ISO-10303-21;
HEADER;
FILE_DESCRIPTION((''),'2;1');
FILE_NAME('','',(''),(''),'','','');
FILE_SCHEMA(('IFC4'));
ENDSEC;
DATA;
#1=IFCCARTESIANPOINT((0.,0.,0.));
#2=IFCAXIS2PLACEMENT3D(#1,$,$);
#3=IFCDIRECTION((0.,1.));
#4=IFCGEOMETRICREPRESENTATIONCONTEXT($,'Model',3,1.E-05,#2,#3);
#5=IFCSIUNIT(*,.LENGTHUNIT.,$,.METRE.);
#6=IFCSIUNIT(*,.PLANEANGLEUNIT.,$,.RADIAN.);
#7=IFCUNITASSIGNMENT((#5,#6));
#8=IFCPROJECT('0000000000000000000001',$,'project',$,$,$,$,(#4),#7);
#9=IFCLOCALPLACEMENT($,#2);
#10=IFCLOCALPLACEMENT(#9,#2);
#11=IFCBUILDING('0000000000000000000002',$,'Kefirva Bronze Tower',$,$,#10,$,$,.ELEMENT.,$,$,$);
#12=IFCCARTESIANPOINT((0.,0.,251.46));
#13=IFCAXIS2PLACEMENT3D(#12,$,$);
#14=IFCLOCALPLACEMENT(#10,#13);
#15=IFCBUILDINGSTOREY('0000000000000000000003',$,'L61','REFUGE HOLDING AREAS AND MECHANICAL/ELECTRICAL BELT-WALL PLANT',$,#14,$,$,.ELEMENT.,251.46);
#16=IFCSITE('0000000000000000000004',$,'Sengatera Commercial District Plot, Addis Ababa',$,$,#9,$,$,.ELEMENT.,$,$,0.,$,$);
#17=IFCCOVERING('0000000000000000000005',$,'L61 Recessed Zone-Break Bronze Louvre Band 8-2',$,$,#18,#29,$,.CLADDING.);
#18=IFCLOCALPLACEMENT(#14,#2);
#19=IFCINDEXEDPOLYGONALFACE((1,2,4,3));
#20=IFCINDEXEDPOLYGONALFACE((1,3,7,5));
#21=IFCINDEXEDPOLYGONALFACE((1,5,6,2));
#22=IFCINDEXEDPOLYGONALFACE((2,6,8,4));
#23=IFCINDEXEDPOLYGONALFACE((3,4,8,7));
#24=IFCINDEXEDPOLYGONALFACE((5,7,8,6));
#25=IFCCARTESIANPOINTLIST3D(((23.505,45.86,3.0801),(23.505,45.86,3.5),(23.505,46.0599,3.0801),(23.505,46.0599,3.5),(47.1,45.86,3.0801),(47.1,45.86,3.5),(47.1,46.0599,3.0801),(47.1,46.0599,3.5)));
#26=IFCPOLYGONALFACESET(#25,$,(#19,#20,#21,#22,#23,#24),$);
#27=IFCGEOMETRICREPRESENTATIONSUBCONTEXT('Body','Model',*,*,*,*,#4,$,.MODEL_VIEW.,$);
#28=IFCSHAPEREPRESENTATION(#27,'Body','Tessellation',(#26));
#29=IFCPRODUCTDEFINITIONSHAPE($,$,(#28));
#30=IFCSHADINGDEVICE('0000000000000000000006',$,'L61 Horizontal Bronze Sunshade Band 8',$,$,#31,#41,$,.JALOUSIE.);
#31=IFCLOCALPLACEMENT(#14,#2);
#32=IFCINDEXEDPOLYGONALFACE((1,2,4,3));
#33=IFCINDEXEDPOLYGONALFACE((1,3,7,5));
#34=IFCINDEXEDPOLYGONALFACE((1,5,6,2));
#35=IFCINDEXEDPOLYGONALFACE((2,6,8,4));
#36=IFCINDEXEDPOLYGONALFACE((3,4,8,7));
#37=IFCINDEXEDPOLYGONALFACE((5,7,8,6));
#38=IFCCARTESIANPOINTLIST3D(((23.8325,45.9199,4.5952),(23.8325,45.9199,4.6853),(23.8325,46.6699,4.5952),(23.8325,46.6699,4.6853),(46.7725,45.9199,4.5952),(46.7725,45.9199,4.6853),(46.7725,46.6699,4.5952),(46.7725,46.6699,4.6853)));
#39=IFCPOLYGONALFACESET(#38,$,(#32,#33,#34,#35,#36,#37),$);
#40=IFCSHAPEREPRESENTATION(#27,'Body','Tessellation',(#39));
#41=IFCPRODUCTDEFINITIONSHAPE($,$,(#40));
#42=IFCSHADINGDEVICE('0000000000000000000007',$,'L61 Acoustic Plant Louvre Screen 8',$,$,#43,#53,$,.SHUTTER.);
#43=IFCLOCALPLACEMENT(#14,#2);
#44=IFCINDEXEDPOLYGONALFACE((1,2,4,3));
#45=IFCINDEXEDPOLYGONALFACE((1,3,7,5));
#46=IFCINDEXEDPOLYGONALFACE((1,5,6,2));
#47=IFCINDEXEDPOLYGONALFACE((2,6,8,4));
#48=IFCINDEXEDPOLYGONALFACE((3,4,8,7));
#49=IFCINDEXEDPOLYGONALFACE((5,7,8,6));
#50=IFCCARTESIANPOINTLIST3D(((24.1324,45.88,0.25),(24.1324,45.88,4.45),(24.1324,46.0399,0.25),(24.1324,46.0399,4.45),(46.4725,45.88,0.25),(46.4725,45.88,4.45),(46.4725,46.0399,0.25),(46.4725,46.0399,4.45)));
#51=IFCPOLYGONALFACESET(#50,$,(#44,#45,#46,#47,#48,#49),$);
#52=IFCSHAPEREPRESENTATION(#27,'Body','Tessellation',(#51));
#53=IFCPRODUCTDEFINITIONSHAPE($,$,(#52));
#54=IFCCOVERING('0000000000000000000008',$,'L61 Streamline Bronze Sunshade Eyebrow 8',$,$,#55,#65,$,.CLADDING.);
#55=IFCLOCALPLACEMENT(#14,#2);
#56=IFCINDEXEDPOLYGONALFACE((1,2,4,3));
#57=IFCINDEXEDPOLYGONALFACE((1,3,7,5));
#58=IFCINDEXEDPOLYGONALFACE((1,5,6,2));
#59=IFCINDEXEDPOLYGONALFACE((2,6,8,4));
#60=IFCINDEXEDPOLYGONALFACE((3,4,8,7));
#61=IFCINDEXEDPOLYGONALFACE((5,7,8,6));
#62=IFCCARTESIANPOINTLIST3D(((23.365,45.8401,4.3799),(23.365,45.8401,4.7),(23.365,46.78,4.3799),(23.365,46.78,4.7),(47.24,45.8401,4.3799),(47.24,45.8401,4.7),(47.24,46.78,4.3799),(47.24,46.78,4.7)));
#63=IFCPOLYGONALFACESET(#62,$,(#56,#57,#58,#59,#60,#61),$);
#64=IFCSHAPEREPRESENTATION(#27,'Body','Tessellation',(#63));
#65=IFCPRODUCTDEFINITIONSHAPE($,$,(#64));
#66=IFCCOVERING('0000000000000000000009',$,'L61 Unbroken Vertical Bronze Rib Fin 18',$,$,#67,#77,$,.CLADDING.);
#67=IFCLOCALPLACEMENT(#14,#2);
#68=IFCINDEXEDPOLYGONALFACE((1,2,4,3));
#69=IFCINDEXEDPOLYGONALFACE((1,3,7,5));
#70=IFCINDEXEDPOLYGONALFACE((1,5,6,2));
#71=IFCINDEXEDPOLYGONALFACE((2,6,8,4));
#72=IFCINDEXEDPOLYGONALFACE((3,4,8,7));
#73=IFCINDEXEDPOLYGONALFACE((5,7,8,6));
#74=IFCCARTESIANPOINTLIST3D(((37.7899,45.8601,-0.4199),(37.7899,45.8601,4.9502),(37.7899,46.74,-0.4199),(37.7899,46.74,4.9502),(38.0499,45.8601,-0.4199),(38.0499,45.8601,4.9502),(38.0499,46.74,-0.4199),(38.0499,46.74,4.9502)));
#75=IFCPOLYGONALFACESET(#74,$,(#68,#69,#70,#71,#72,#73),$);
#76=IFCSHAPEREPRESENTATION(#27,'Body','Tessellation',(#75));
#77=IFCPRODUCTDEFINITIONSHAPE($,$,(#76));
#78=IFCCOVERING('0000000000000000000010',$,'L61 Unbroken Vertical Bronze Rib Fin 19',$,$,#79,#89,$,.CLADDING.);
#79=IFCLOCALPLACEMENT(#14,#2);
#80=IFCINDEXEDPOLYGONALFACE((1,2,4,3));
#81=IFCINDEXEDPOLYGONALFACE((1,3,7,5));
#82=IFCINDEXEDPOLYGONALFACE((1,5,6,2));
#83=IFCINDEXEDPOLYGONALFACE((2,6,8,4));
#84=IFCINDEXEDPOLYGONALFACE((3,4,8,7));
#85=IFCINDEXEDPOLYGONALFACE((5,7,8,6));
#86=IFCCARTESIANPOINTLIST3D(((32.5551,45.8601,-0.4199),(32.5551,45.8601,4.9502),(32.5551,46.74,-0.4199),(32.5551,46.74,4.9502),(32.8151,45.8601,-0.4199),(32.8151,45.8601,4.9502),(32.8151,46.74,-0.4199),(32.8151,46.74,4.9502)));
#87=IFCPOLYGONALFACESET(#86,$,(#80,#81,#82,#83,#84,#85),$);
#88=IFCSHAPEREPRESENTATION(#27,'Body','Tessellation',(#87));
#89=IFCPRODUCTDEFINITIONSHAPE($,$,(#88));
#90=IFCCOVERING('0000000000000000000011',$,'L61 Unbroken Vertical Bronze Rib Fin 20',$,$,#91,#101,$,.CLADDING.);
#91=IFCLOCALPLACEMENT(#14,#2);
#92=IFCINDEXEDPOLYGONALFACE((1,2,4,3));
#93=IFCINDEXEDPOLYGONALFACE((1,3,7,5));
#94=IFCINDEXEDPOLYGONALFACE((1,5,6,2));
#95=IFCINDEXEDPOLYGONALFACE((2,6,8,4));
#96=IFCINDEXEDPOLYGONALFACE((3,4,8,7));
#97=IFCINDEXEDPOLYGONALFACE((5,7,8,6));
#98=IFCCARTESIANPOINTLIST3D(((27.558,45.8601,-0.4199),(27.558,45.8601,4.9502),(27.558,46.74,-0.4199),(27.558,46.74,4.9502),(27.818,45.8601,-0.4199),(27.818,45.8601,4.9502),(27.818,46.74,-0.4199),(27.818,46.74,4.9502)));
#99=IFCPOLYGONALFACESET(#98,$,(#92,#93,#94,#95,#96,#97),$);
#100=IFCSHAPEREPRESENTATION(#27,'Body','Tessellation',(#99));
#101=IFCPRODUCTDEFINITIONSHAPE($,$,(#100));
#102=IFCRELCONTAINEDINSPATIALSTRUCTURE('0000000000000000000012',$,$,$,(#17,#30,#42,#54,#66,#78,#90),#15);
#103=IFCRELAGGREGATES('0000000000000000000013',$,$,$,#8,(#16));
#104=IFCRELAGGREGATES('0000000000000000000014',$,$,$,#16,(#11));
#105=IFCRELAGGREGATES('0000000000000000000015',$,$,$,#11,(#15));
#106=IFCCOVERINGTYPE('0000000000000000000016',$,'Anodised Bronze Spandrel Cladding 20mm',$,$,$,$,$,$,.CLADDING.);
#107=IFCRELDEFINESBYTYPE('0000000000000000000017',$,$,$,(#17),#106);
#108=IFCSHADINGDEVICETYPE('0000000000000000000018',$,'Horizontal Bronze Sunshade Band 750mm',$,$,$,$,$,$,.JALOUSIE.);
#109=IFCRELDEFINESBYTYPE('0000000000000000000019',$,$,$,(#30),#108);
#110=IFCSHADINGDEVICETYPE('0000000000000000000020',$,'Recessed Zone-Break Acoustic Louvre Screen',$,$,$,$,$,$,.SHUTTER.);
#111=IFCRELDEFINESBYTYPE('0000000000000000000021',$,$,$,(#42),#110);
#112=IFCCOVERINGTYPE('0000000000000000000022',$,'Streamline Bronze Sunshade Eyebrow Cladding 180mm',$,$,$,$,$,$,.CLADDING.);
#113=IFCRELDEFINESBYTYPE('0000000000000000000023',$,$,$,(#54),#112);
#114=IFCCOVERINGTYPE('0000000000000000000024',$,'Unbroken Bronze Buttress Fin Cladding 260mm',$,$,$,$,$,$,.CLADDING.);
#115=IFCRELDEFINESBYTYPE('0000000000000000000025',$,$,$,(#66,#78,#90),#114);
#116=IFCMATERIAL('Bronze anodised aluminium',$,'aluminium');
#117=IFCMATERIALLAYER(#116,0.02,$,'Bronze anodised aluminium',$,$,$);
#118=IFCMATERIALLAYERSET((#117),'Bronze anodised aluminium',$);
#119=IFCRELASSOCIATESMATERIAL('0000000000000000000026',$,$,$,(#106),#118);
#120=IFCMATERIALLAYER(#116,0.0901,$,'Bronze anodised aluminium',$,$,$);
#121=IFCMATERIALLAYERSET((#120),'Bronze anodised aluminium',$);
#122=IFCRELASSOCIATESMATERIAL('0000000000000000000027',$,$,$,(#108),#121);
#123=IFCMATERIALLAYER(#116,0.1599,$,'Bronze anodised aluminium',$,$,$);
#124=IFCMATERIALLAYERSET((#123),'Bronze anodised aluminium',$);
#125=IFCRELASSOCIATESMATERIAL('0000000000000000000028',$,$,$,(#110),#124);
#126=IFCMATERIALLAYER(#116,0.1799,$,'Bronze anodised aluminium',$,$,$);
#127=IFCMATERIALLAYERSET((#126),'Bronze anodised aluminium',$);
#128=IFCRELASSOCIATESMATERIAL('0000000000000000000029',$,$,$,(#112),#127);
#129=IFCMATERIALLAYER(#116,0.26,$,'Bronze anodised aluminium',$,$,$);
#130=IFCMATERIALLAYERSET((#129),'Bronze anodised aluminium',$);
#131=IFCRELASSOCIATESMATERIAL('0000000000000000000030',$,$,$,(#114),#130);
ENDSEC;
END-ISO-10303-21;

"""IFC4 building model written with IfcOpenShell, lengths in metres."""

from ifc_helpers import new_model, si_unit, direction, frame, origin, origin_2d, place, context, subcontext, project, spatial, rectangle, extrude, material, layer, layer_set, type_object, element, save


model = new_model("IFC4")

# Units and contexts
model_context = context("Model", 3, precision=1e-05, world=origin(), true_north=direction((0.0, 1.0)))
body_context = subcontext(model_context, "Body", "Model", "MODEL_VIEW")
ifc_project = project(units=[si_unit("LENGTHUNIT", "METRE"), si_unit("PLANEANGLEUNIT", "RADIAN")], contexts=[model_context])

# Site, building, storey
site_placement = place(None, origin())
site = spatial("IfcSite", under=ifc_project, at=site_placement, Name="Sengatera Commercial District Plot, Addis Ababa", CompositionType="ELEMENT", RefElevation=0.0)
building_placement = place(site_placement, origin())
building = spatial("IfcBuilding", under=site, at=building_placement, Name="Kefirva Bronze Tower", CompositionType="ELEMENT")
storey_placement = place(building_placement, frame((0.0, 0.0, 251.46)))
storey = spatial("IfcBuildingStorey", under=building, at=storey_placement, Name="L61", Description="REFUGE HOLDING AREAS AND MECHANICAL/ELECTRICAL BELT-WALL PLANT", CompositionType="ELEMENT", Elevation=251.46)

# Shared definitions
ifc_material_1 = material(Name="Bronze anodised aluminium", Category="aluminium")

# Covering
ifc_layer_1 = layer(ifc_material_1, 0.02, Name="Bronze anodised aluminium")
ifc_layer_set_1 = layer_set([ifc_layer_1], Name="Bronze anodised aluminium")
covering_type_1 = type_object("IfcCoveringType", Name="Anodised Bronze Spandrel Cladding 20mm", PredefinedType="CLADDING", material=ifc_layer_set_1)
for number, where, z_axis, x_axis, name in (
    (1, (35.3025, 45.96, 3.0801), (0.0, 0.0, 1.0), (-1.0, 0.0, 0.0), "L61 Recessed Zone-Break Bronze Louvre Band 8-2"),
):
    element("IfcCovering", number, at=place(storey_placement, frame(where, z_axis=z_axis, x_axis=x_axis)), inside=storey, type_object=covering_type_1, Name=name, PredefinedType="CLADDING", context=body_context, shape_type="SweptSolid", body=[
        extrude(rectangle(XDim=23.595, YDim=0.2, at=origin_2d()), origin(), (0.0, 0.0, 1.0), 0.4199),
    ])

# Shading devices
ifc_layer_2 = layer(ifc_material_1, 0.0901, Name="Bronze anodised aluminium")
ifc_layer_set_2 = layer_set([ifc_layer_2], Name="Bronze anodised aluminium")
shading_device_type_1 = type_object("IfcShadingDeviceType", Name="Horizontal Bronze Sunshade Band 750mm", PredefinedType="JALOUSIE", material=ifc_layer_set_2)
shading_device_1_placement = place(storey_placement, frame((35.3025, 46.2949, 4.5952), z_axis=(0.0, 0.0, 1.0), x_axis=(-1.0, 0.0, 0.0)))
element("IfcShadingDevice", 2, at=shading_device_1_placement, inside=storey, type_object=shading_device_type_1, Name="L61 Horizontal Bronze Sunshade Band 8", PredefinedType="JALOUSIE", context=body_context, shape_type="SweptSolid", body=[
    extrude(rectangle(XDim=22.9399, YDim=0.75, at=origin_2d()), origin(), (0.0, 0.0, 1.0), 0.0901),
])
ifc_layer_3 = layer(ifc_material_1, 0.1599, Name="Bronze anodised aluminium")
ifc_layer_set_3 = layer_set([ifc_layer_3], Name="Bronze anodised aluminium")
shading_device_type_2 = type_object("IfcShadingDeviceType", Name="Recessed Zone-Break Acoustic Louvre Screen", PredefinedType="SHUTTER", material=ifc_layer_set_3)
shading_device_2_placement = place(storey_placement, frame((35.3025, 45.96, 0.25), z_axis=(0.0, 0.0, 1.0), x_axis=(-1.0, 0.0, 0.0)))
element("IfcShadingDevice", 3, at=shading_device_2_placement, inside=storey, type_object=shading_device_type_2, Name="L61 Acoustic Plant Louvre Screen 8", PredefinedType="SHUTTER", context=body_context, shape_type="SweptSolid", body=[
    extrude(rectangle(XDim=22.3401, YDim=0.1599, at=origin_2d()), origin(), (0.0, 0.0, 1.0), 4.2),
])

# Coverings
ifc_layer_4 = layer(ifc_material_1, 0.1799, Name="Bronze anodised aluminium")
ifc_layer_set_4 = layer_set([ifc_layer_4], Name="Bronze anodised aluminium")
covering_type_2 = type_object("IfcCoveringType", Name="Streamline Bronze Sunshade Eyebrow Cladding 180mm", PredefinedType="CLADDING", material=ifc_layer_set_4)
covering_1_placement = place(storey_placement, frame((35.3025, 46.3101, 4.3799), z_axis=(0.0, 0.0, 1.0), x_axis=(-1.0, 0.0, 0.0)))
element("IfcCovering", 4, at=covering_1_placement, inside=storey, type_object=covering_type_2, Name="L61 Streamline Bronze Sunshade Eyebrow 8", PredefinedType="CLADDING", context=body_context, shape_type="SweptSolid", body=[
    extrude(rectangle(XDim=23.875, YDim=0.9399, at=origin_2d()), origin(), (0.0, 0.0, 1.0), 0.3201),
])
ifc_layer_5 = layer(ifc_material_1, 0.26, Name="Bronze anodised aluminium")
ifc_layer_set_5 = layer_set([ifc_layer_5], Name="Bronze anodised aluminium")
covering_type_3 = type_object("IfcCoveringType", Name="Unbroken Bronze Buttress Fin Cladding 260mm", PredefinedType="CLADDING", material=ifc_layer_set_5)
for number, where, z_axis, x_axis, name in (
    (5, (37.9199, 46.3, -0.4199), (0.0, 0.0, 1.0), (-1.0, 0.0, 0.0), "L61 Unbroken Vertical Bronze Rib Fin 18"),
    (6, (32.6851, 46.3, -0.4199), (0.0, 0.0, 1.0), (-1.0, 0.0, 0.0), "L61 Unbroken Vertical Bronze Rib Fin 19"),
    (7, (27.688, 46.3, -0.4199), (0.0, 0.0, 1.0), (-1.0, 0.0, 0.0), "L61 Unbroken Vertical Bronze Rib Fin 20"),
):
    element("IfcCovering", number, at=place(storey_placement, frame(where, z_axis=z_axis, x_axis=x_axis)), inside=storey, type_object=covering_type_3, Name=name, PredefinedType="CLADDING", context=body_context, shape_type="SweptSolid", body=[
        extrude(rectangle(XDim=0.26, YDim=0.8799, at=origin_2d()), origin(), (0.0, 0.0, 1.0), 5.3701),
    ])

save(model, "model.ifc")
